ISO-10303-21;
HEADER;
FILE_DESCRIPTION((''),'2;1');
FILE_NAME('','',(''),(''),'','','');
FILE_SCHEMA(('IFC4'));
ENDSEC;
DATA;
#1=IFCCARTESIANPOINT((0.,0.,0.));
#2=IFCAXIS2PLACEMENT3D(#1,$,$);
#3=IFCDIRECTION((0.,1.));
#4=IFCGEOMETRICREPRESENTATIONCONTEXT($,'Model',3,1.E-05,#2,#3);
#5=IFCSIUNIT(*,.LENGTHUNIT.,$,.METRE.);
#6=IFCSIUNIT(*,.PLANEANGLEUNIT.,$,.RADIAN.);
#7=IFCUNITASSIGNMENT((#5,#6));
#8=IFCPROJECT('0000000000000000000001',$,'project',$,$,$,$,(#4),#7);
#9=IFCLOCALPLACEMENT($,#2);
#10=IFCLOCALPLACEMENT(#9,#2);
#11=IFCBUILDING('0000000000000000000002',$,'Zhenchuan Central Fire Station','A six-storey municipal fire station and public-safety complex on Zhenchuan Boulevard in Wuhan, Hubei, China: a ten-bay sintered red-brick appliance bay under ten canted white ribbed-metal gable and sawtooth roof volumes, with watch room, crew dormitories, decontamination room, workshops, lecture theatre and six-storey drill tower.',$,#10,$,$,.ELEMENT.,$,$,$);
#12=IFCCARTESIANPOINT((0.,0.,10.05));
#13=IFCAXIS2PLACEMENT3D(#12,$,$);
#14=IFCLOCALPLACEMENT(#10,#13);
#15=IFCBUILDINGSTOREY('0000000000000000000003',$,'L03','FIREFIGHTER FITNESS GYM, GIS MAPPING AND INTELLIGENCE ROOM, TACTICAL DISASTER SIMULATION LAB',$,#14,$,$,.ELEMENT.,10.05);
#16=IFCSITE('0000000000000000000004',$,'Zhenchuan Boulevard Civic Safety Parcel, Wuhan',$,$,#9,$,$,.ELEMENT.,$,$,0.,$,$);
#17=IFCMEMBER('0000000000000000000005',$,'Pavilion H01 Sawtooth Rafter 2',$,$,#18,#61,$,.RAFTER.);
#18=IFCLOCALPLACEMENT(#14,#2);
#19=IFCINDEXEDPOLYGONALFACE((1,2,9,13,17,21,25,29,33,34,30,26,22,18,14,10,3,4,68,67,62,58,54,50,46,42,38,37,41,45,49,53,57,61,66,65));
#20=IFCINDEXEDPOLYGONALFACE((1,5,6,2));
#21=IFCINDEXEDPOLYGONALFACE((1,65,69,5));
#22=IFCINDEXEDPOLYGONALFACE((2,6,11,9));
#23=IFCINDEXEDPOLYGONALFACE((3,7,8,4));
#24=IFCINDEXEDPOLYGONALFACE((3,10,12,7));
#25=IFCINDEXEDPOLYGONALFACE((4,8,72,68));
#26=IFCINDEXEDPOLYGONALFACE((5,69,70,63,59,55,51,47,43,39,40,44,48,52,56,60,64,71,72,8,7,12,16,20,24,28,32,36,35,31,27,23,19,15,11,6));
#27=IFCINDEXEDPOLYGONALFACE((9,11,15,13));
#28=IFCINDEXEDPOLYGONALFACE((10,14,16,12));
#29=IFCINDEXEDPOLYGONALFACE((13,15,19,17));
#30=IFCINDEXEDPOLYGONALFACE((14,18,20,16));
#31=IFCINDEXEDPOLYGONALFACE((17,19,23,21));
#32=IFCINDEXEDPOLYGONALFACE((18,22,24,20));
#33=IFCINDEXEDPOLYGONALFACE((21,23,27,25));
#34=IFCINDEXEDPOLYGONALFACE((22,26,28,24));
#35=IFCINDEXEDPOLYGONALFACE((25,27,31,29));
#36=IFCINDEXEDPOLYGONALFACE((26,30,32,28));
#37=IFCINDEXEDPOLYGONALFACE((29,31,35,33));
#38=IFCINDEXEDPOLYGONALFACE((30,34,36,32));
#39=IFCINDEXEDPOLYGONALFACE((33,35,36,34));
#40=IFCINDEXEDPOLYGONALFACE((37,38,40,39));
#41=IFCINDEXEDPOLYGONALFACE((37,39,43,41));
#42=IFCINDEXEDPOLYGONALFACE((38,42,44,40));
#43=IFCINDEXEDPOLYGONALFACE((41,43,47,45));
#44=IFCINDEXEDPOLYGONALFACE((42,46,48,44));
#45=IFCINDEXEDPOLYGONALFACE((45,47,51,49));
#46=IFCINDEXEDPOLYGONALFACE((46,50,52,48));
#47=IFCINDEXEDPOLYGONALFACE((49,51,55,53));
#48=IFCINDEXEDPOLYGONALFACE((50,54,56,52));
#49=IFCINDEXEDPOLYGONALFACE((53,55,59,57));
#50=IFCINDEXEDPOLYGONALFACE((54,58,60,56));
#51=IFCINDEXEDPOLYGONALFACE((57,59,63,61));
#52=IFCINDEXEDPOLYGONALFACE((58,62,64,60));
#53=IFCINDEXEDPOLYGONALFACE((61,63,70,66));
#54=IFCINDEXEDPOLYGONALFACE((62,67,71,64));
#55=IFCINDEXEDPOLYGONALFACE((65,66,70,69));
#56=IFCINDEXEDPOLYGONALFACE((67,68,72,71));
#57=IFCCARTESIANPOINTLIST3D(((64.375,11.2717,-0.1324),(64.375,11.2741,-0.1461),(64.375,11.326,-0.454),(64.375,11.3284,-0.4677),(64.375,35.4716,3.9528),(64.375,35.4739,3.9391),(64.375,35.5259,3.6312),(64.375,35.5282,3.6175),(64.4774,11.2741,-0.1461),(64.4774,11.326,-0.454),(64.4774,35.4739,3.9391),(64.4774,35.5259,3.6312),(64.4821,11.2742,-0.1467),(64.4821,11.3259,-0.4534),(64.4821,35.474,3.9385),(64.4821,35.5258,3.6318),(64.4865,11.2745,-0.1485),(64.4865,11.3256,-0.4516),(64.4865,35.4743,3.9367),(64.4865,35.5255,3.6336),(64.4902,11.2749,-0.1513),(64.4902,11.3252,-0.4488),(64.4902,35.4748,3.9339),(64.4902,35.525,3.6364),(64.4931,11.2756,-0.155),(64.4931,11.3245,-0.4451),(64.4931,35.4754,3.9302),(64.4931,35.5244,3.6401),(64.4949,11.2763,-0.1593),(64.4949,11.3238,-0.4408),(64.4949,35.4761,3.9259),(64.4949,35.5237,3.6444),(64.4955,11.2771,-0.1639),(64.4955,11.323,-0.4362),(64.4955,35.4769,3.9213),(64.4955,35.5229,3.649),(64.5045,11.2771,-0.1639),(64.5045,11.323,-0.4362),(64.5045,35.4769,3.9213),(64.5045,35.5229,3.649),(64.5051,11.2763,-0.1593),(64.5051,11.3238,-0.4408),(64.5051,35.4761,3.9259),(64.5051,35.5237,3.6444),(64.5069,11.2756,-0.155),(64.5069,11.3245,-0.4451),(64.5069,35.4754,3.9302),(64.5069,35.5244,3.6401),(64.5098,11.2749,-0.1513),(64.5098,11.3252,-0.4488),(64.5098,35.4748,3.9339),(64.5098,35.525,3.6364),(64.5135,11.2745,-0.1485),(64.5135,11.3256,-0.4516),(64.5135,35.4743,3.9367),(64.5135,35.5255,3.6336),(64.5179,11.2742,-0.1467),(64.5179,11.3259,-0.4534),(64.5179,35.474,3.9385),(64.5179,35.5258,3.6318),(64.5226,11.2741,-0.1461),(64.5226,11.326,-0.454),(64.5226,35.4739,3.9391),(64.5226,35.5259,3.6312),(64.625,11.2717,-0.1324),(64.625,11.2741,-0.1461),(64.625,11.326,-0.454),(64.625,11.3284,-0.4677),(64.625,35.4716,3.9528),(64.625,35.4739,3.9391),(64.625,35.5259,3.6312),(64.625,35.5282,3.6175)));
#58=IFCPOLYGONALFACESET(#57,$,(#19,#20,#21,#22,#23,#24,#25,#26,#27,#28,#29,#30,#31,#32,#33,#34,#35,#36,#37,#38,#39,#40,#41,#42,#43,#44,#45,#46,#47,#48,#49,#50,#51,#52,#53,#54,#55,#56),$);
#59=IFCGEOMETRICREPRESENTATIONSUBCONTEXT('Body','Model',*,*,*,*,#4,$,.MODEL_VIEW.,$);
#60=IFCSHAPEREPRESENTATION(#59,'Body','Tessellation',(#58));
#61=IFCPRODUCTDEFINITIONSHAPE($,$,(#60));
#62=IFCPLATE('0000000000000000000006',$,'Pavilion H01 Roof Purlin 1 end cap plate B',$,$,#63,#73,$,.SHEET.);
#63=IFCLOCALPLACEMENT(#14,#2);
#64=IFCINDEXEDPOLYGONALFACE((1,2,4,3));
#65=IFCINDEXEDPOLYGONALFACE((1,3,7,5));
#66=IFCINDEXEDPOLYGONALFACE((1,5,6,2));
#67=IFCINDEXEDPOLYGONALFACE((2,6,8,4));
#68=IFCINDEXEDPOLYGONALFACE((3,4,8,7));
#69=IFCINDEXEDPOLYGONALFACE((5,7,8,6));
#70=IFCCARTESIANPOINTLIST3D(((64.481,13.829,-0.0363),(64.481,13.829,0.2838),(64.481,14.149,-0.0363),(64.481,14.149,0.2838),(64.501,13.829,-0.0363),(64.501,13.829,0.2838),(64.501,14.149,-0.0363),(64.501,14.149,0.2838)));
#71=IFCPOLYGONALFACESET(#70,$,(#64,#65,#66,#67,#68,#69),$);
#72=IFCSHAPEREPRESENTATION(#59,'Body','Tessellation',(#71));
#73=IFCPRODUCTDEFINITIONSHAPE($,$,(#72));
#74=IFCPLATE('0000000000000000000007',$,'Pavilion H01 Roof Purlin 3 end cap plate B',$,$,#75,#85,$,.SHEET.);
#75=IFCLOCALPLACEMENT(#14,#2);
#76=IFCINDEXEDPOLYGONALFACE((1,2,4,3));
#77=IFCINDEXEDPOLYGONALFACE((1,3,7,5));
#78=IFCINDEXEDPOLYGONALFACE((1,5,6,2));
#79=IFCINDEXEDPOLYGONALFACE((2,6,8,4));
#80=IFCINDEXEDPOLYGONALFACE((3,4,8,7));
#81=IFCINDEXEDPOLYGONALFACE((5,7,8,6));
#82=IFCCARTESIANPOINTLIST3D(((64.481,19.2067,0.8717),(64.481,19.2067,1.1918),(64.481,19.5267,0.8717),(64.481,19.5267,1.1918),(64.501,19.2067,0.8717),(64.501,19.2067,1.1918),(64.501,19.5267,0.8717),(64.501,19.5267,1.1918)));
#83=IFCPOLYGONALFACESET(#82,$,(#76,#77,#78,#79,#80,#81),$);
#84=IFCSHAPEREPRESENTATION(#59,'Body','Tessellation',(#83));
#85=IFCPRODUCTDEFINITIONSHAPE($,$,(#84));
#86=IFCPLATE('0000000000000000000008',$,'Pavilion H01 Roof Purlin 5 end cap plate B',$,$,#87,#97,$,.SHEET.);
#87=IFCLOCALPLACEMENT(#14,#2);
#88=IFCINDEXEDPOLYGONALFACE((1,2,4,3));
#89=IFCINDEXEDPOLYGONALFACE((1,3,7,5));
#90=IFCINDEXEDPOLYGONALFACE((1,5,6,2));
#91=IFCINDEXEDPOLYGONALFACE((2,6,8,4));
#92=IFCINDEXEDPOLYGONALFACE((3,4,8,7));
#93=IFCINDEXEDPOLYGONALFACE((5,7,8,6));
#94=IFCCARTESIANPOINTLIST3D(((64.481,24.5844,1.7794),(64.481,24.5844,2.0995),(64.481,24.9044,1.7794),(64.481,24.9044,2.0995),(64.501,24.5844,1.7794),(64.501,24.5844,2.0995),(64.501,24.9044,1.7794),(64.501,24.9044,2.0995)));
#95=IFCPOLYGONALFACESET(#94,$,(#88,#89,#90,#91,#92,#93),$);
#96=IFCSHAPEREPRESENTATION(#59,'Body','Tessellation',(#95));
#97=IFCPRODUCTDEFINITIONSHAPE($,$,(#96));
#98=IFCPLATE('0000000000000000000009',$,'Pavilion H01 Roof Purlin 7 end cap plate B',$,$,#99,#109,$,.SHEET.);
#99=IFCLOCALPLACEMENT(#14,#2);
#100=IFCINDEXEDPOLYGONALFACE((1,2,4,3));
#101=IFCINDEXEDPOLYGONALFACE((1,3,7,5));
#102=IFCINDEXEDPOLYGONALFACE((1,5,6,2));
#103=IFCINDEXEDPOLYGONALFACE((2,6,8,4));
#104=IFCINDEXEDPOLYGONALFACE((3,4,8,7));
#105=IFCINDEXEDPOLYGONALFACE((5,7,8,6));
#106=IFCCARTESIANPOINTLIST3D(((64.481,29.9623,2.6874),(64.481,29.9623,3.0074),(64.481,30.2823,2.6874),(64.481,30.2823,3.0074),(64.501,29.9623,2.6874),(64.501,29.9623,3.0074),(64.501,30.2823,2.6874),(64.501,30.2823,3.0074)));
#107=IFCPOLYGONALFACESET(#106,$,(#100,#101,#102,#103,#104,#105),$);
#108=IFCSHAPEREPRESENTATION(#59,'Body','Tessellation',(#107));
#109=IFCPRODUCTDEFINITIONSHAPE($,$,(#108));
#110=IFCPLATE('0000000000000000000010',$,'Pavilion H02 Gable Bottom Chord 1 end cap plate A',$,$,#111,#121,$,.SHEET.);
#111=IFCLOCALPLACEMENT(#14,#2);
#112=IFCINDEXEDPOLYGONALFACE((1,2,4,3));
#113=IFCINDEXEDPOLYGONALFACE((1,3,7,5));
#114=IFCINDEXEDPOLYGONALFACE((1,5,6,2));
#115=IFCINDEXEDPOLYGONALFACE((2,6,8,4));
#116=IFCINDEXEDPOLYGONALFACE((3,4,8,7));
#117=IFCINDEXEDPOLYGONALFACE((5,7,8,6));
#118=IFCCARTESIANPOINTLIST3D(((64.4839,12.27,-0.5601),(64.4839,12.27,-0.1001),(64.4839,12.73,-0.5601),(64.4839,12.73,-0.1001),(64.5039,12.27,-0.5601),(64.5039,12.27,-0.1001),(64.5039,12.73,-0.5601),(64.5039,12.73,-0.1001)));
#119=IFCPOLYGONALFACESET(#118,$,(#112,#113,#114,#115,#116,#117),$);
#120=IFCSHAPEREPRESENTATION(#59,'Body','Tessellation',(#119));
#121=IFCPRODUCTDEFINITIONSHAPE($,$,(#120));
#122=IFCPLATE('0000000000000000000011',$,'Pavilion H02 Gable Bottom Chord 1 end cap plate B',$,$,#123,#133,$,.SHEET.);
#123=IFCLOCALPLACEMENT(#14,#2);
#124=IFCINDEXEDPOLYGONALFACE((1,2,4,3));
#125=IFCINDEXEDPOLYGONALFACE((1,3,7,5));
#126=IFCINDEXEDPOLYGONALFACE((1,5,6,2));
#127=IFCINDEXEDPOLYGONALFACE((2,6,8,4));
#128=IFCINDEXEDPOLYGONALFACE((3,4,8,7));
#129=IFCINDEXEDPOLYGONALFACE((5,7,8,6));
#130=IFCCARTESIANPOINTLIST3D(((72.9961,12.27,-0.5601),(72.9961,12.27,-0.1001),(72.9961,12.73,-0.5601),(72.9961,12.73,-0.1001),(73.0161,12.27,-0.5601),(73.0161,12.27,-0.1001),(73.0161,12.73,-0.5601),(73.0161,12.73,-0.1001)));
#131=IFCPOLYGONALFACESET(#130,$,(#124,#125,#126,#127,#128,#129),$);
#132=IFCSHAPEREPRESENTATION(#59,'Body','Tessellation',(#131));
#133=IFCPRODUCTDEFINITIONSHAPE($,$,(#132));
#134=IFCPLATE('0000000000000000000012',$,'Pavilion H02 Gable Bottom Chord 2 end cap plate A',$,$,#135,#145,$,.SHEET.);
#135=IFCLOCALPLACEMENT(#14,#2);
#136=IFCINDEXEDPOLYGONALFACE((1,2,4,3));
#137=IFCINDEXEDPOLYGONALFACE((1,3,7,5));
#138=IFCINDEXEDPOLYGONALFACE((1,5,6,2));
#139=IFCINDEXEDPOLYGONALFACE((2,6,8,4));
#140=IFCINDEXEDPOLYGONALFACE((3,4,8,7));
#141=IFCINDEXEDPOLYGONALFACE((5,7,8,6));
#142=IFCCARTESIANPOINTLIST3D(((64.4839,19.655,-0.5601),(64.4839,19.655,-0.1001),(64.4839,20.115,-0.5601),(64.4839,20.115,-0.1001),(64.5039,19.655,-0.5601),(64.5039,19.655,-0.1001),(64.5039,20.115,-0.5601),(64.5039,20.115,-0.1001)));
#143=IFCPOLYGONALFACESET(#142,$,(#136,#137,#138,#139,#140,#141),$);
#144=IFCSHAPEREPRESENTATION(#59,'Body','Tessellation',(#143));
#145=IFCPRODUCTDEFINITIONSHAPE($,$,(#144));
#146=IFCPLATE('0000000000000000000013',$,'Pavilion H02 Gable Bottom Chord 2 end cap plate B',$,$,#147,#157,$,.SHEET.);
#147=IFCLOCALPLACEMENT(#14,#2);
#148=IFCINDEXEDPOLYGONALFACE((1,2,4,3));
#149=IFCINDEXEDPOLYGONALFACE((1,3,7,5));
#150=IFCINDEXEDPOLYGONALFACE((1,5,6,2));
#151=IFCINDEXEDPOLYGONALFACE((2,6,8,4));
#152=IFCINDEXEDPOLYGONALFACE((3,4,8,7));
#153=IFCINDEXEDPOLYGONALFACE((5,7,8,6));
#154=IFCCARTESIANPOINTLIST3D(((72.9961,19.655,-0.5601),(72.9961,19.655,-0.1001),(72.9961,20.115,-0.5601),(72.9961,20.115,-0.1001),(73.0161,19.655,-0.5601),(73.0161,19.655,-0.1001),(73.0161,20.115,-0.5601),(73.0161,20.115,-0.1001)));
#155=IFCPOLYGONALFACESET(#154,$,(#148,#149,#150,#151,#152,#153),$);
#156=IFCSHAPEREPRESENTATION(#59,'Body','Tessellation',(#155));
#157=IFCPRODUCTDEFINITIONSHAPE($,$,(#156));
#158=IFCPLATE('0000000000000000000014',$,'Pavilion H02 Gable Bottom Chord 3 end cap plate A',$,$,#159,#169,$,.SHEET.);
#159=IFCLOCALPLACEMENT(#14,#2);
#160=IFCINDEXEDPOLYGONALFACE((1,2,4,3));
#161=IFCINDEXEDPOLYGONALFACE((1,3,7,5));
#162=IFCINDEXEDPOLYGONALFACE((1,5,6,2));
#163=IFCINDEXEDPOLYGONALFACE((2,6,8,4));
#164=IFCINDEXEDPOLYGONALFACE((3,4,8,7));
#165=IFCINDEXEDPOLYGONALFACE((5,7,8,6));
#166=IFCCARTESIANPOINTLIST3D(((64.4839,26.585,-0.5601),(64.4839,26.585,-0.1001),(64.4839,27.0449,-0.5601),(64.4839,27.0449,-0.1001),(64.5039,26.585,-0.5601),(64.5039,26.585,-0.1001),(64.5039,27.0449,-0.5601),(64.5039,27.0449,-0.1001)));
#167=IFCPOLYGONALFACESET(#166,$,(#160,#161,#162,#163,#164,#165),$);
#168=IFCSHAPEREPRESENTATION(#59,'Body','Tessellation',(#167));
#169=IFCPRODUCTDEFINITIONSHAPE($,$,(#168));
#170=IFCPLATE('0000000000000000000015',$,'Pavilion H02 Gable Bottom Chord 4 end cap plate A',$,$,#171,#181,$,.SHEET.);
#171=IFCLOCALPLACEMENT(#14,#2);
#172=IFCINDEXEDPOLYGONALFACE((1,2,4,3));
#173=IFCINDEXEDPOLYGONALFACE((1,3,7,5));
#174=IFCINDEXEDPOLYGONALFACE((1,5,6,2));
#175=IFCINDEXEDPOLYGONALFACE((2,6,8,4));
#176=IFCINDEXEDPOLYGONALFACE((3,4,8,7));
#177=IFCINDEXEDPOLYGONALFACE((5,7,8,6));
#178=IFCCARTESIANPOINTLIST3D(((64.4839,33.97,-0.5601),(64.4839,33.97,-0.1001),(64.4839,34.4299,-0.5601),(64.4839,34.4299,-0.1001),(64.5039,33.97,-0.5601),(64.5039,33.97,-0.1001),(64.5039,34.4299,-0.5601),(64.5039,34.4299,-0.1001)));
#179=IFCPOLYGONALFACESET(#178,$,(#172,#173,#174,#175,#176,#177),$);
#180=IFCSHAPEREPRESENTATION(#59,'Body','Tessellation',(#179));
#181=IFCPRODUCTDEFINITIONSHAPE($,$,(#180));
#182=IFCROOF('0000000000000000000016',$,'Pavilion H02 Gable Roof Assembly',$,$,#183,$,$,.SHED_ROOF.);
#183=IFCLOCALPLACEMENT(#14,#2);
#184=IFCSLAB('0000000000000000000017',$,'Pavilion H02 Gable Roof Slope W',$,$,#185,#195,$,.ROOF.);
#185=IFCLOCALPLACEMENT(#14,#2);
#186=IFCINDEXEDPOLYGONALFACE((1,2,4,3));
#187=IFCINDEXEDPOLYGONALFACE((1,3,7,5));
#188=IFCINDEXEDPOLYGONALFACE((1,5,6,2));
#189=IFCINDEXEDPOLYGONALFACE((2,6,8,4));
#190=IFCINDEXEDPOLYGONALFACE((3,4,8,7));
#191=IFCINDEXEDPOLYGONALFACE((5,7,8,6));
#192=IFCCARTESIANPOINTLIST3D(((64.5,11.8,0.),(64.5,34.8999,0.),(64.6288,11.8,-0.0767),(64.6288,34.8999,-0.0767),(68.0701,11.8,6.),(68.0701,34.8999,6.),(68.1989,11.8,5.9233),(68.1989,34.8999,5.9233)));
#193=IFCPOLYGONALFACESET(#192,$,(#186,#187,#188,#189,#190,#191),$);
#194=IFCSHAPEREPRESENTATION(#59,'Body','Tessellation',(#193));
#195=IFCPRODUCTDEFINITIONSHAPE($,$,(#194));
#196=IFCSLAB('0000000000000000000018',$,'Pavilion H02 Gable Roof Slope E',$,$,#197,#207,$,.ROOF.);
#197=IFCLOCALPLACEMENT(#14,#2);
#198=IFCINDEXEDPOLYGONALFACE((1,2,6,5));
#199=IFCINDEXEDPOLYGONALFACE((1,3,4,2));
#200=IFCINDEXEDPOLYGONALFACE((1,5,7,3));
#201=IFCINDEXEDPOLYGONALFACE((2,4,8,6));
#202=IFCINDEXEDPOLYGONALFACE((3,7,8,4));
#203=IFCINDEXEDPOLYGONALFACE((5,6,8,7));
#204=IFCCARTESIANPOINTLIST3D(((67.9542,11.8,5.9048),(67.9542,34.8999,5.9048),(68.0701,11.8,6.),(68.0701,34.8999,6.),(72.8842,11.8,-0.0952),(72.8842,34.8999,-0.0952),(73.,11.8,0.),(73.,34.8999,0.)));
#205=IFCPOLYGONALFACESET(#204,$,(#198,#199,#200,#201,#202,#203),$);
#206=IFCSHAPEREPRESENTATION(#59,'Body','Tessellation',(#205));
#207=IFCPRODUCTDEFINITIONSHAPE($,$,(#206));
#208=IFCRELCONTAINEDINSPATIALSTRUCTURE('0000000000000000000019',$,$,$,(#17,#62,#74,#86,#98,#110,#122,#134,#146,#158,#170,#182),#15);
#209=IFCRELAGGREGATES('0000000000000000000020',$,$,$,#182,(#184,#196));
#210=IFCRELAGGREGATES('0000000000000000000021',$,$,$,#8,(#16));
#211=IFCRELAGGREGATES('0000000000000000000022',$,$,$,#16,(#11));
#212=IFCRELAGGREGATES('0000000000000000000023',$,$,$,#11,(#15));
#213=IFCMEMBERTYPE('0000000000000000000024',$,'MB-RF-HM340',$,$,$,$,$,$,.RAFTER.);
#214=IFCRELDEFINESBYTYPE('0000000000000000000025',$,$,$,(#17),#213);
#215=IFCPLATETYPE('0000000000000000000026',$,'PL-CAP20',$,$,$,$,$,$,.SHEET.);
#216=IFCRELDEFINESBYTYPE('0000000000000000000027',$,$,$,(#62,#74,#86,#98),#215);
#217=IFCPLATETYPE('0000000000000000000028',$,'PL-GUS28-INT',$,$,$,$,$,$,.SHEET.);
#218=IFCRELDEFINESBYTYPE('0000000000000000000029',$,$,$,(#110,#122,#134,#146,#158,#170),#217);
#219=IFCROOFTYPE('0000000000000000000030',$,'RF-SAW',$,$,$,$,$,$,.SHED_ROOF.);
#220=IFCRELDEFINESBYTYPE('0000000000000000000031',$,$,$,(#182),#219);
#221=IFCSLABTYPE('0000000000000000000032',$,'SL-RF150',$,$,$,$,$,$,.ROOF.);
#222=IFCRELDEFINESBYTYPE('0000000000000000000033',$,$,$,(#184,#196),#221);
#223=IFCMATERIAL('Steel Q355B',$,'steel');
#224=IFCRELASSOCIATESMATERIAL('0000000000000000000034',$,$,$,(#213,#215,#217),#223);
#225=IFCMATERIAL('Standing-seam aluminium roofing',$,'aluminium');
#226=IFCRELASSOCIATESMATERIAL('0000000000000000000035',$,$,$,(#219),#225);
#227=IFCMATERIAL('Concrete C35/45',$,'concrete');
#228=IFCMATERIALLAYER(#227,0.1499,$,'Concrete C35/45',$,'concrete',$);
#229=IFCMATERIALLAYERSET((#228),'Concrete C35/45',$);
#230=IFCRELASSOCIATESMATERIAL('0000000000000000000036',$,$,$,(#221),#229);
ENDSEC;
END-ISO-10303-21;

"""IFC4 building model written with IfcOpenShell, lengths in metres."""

from ifc_helpers import new_model, si_unit, direction, frame, origin, origin_2d, place, context, subcontext, project, spatial, polyline, rectangle, i_section, outline, extrude, material, layer, layer_set, material_profile, profile_set, type_object, element, aggregate, save


model = new_model("IFC4")

# Units and contexts
model_context = context("Model", 3, precision=1e-05, world=origin(), true_north=direction((0.0, 1.0)))
body_context = subcontext(model_context, "Body", "Model", "MODEL_VIEW")
ifc_project = project(units=[si_unit("LENGTHUNIT", "METRE"), si_unit("PLANEANGLEUNIT", "RADIAN")], contexts=[model_context])

# Site, building, storey
site_placement = place(None, origin())
site = spatial("IfcSite", under=ifc_project, at=site_placement, Name="Zhenchuan Boulevard Civic Safety Parcel, Wuhan", CompositionType="ELEMENT", RefElevation=0.0)
building_placement = place(site_placement, origin())
building = spatial("IfcBuilding", under=site, at=building_placement, Name="Zhenchuan Central Fire Station", Description="A six-storey municipal fire station and public-safety complex on Zhenchuan Boulevard in Wuhan, Hubei, China: a ten-bay sintered red-brick appliance bay under ten canted white ribbed-metal gable and sawtooth roof volumes, with watch room, crew dormitories, decontamination room, workshops, lecture theatre and six-storey drill tower.", CompositionType="ELEMENT")
storey_placement = place(building_placement, frame((0.0, 0.0, 10.05)))
storey = spatial("IfcBuildingStorey", under=building, at=storey_placement, Name="L03", Description="FIREFIGHTER FITNESS GYM, GIS MAPPING AND INTELLIGENCE ROOM, TACTICAL DISASTER SIMULATION LAB", CompositionType="ELEMENT", Elevation=10.05)

# Member
ifc_material_1 = material(Name="Steel Q355B", Category="steel")
ifc_material_profile_1 = material_profile(ifc_material_1, i_section(OverallWidth=0.25, OverallDepth=0.3401, WebThickness=0.009, FlangeThickness=0.0139, FilletRadius=0.0181, at=origin_2d()), Name="HM 340x250")
ifc_profile_set_1 = profile_set([ifc_material_profile_1], Name="Steel Q355B")
member_type_1 = type_object("IfcMemberType", Name="MB-RF-HM340", PredefinedType="RAFTER", material=ifc_profile_set_1)
member_1_placement = place(storey_placement, frame((64.5, 11.3, -0.3), z_axis=(0.0, 0.986049, 0.166455), x_axis=(-1.0, 0.0, 0.0)))
element("IfcMember", 1, at=member_1_placement, inside=storey, type_object=member_type_1, Name="Pavilion H01 Sawtooth Rafter 2", PredefinedType="RAFTER", context=body_context, shape_type="SweptSolid", body=[
    extrude(i_section(OverallWidth=0.25, OverallDepth=0.3401, WebThickness=0.009, FlangeThickness=0.0139, FilletRadius=0.0181, at=origin_2d()), origin(), (0.0, 0.0, 1.0), 24.5422),
])

# Plates
ifc_material_profile_2 = material_profile(ifc_material_1, rectangle(XDim=0.3201, YDim=0.3201, at=origin_2d()), Name="PL 320x320x20")
ifc_profile_set_2 = profile_set([ifc_material_profile_2], Name="Steel Q355B")
plate_type_1 = type_object("IfcPlateType", Name="PL-CAP20", PredefinedType="SHEET", material=ifc_profile_set_2)
for number, where, z_axis, x_axis, name in (
    (2, (64.481, 13.989, 0.1238), (1.0, 0.0, 0.0), (0.0, 1.0, 0.0), "Pavilion H01 Roof Purlin 1 end cap plate B"),
    (3, (64.481, 19.3667, 1.0317), (1.0, 0.0, 0.0), (0.0, 1.0, 0.0), "Pavilion H01 Roof Purlin 3 end cap plate B"),
    (4, (64.481, 24.7444, 1.9395), (1.0, 0.0, 0.0), (0.0, 1.0, 0.0), "Pavilion H01 Roof Purlin 5 end cap plate B"),
    (5, (64.481, 30.1223, 2.8474), (1.0, 0.0, 0.0), (0.0, 1.0, 0.0), "Pavilion H01 Roof Purlin 7 end cap plate B"),
):
    element("IfcPlate", number, at=place(storey_placement, frame(where, z_axis=z_axis, x_axis=x_axis)), inside=storey, type_object=plate_type_1, Name=name, PredefinedType="SHEET", context=body_context, shape_type="SweptSolid", body=[
        extrude(rectangle(XDim=0.3201, YDim=0.3201, at=origin_2d()), origin(), (0.0, 0.0, 1.0), 0.02),
    ])
ifc_material_profile_3 = material_profile(ifc_material_1, rectangle(XDim=0.46, YDim=0.46, at=origin_2d()), Name="PL 460x460x28")
ifc_profile_set_3 = profile_set([ifc_material_profile_3], Name="Steel Q355B")
plate_type_2 = type_object("IfcPlateType", Name="PL-GUS28-INT", PredefinedType="SHEET", material=ifc_profile_set_3)
for number, where, z_axis, x_axis, name in (
    (6, (64.4839, 12.5, -0.3301), (1.0, 0.0, 0.0), (0.0, 1.0, 0.0), "Pavilion H02 Gable Bottom Chord 1 end cap plate A"),
    (7, (72.9961, 12.5, -0.3301), (1.0, 0.0, 0.0), (0.0, 1.0, 0.0), "Pavilion H02 Gable Bottom Chord 1 end cap plate B"),
    (8, (64.4839, 19.885, -0.3301), (1.0, 0.0, 0.0), (0.0, 1.0, 0.0), "Pavilion H02 Gable Bottom Chord 2 end cap plate A"),
    (9, (72.9961, 19.885, -0.3301), (1.0, 0.0, 0.0), (0.0, 1.0, 0.0), "Pavilion H02 Gable Bottom Chord 2 end cap plate B"),
    (10, (64.4839, 26.8149, -0.3301), (1.0, 0.0, 0.0), (0.0, 1.0, 0.0), "Pavilion H02 Gable Bottom Chord 3 end cap plate A"),
    (11, (64.4839, 34.2, -0.3301), (1.0, 0.0, 0.0), (0.0, 1.0, 0.0), "Pavilion H02 Gable Bottom Chord 4 end cap plate A"),
):
    element("IfcPlate", number, at=place(storey_placement, frame(where, z_axis=z_axis, x_axis=x_axis)), inside=storey, type_object=plate_type_2, Name=name, PredefinedType="SHEET", context=body_context, shape_type="SweptSolid", body=[
        extrude(rectangle(XDim=0.46, YDim=0.46, at=origin_2d()), origin(), (0.0, 0.0, 1.0), 0.02),
    ])

# Roof, slabs
ifc_material_2 = material(Name="Standing-seam aluminium roofing", Category="aluminium")
roof_type = type_object("IfcRoofType", Name="RF-SAW", PredefinedType="SHED_ROOF", material=ifc_material_2)
roof_placement = place(storey_placement, origin())
roof = element("IfcRoof", 12, at=roof_placement, inside=storey, type_object=roof_type, Name="Pavilion H02 Gable Roof Assembly", PredefinedType="SHED_ROOF")
ifc_material_3 = material(Name="Concrete C35/45", Category="concrete")
ifc_layer_1 = layer(ifc_material_3, 0.1499, Name="Concrete C35/45", Category="concrete")
ifc_layer_set_1 = layer_set([ifc_layer_1], Name="Concrete C35/45")
slab_type = type_object("IfcSlabType", Name="SL-RF150", PredefinedType="ROOF", material=ifc_layer_set_1)
slab_1_placement = place(storey_placement, frame((64.5, 11.8, 0.0), z_axis=(-0.859378, 0.0, 0.51134), x_axis=(0.51134, 0.0, 0.859378)))
slab_1 = element("IfcSlab", 13, at=slab_1_placement, type_object=slab_type, Name="Pavilion H02 Gable Roof Slope W", PredefinedType="ROOF", context=body_context, shape_type="SweptSolid", body=[
    extrude(outline(polyline([(0.0, 0.0), (6.9818, 0.0), (6.9818, 23.0999), (0.0, 23.0999), (0.0, 0.0)])), origin(), (0.0, 0.0, -1.0), 0.1499),
])
slab_2_placement = place(storey_placement, frame((68.0701, 11.8, 6.0), z_axis=(0.77264, 0.0, 0.634844), x_axis=(0.634844, 0.0, -0.77264)))
slab_2 = element("IfcSlab", 14, at=slab_2_placement, type_object=slab_type, Name="Pavilion H02 Gable Roof Slope E", PredefinedType="ROOF", context=body_context, shape_type="SweptSolid", body=[
    extrude(outline(polyline([(0.0, 0.0), (7.7656, 0.0), (7.7656, 23.0999), (0.0, 23.0999), (0.0, 0.0)])), origin(), (0.0, 0.0, -1.0), 0.1499),
])
aggregate(roof, [slab_1, slab_2])

save(model, "model.ifc")
